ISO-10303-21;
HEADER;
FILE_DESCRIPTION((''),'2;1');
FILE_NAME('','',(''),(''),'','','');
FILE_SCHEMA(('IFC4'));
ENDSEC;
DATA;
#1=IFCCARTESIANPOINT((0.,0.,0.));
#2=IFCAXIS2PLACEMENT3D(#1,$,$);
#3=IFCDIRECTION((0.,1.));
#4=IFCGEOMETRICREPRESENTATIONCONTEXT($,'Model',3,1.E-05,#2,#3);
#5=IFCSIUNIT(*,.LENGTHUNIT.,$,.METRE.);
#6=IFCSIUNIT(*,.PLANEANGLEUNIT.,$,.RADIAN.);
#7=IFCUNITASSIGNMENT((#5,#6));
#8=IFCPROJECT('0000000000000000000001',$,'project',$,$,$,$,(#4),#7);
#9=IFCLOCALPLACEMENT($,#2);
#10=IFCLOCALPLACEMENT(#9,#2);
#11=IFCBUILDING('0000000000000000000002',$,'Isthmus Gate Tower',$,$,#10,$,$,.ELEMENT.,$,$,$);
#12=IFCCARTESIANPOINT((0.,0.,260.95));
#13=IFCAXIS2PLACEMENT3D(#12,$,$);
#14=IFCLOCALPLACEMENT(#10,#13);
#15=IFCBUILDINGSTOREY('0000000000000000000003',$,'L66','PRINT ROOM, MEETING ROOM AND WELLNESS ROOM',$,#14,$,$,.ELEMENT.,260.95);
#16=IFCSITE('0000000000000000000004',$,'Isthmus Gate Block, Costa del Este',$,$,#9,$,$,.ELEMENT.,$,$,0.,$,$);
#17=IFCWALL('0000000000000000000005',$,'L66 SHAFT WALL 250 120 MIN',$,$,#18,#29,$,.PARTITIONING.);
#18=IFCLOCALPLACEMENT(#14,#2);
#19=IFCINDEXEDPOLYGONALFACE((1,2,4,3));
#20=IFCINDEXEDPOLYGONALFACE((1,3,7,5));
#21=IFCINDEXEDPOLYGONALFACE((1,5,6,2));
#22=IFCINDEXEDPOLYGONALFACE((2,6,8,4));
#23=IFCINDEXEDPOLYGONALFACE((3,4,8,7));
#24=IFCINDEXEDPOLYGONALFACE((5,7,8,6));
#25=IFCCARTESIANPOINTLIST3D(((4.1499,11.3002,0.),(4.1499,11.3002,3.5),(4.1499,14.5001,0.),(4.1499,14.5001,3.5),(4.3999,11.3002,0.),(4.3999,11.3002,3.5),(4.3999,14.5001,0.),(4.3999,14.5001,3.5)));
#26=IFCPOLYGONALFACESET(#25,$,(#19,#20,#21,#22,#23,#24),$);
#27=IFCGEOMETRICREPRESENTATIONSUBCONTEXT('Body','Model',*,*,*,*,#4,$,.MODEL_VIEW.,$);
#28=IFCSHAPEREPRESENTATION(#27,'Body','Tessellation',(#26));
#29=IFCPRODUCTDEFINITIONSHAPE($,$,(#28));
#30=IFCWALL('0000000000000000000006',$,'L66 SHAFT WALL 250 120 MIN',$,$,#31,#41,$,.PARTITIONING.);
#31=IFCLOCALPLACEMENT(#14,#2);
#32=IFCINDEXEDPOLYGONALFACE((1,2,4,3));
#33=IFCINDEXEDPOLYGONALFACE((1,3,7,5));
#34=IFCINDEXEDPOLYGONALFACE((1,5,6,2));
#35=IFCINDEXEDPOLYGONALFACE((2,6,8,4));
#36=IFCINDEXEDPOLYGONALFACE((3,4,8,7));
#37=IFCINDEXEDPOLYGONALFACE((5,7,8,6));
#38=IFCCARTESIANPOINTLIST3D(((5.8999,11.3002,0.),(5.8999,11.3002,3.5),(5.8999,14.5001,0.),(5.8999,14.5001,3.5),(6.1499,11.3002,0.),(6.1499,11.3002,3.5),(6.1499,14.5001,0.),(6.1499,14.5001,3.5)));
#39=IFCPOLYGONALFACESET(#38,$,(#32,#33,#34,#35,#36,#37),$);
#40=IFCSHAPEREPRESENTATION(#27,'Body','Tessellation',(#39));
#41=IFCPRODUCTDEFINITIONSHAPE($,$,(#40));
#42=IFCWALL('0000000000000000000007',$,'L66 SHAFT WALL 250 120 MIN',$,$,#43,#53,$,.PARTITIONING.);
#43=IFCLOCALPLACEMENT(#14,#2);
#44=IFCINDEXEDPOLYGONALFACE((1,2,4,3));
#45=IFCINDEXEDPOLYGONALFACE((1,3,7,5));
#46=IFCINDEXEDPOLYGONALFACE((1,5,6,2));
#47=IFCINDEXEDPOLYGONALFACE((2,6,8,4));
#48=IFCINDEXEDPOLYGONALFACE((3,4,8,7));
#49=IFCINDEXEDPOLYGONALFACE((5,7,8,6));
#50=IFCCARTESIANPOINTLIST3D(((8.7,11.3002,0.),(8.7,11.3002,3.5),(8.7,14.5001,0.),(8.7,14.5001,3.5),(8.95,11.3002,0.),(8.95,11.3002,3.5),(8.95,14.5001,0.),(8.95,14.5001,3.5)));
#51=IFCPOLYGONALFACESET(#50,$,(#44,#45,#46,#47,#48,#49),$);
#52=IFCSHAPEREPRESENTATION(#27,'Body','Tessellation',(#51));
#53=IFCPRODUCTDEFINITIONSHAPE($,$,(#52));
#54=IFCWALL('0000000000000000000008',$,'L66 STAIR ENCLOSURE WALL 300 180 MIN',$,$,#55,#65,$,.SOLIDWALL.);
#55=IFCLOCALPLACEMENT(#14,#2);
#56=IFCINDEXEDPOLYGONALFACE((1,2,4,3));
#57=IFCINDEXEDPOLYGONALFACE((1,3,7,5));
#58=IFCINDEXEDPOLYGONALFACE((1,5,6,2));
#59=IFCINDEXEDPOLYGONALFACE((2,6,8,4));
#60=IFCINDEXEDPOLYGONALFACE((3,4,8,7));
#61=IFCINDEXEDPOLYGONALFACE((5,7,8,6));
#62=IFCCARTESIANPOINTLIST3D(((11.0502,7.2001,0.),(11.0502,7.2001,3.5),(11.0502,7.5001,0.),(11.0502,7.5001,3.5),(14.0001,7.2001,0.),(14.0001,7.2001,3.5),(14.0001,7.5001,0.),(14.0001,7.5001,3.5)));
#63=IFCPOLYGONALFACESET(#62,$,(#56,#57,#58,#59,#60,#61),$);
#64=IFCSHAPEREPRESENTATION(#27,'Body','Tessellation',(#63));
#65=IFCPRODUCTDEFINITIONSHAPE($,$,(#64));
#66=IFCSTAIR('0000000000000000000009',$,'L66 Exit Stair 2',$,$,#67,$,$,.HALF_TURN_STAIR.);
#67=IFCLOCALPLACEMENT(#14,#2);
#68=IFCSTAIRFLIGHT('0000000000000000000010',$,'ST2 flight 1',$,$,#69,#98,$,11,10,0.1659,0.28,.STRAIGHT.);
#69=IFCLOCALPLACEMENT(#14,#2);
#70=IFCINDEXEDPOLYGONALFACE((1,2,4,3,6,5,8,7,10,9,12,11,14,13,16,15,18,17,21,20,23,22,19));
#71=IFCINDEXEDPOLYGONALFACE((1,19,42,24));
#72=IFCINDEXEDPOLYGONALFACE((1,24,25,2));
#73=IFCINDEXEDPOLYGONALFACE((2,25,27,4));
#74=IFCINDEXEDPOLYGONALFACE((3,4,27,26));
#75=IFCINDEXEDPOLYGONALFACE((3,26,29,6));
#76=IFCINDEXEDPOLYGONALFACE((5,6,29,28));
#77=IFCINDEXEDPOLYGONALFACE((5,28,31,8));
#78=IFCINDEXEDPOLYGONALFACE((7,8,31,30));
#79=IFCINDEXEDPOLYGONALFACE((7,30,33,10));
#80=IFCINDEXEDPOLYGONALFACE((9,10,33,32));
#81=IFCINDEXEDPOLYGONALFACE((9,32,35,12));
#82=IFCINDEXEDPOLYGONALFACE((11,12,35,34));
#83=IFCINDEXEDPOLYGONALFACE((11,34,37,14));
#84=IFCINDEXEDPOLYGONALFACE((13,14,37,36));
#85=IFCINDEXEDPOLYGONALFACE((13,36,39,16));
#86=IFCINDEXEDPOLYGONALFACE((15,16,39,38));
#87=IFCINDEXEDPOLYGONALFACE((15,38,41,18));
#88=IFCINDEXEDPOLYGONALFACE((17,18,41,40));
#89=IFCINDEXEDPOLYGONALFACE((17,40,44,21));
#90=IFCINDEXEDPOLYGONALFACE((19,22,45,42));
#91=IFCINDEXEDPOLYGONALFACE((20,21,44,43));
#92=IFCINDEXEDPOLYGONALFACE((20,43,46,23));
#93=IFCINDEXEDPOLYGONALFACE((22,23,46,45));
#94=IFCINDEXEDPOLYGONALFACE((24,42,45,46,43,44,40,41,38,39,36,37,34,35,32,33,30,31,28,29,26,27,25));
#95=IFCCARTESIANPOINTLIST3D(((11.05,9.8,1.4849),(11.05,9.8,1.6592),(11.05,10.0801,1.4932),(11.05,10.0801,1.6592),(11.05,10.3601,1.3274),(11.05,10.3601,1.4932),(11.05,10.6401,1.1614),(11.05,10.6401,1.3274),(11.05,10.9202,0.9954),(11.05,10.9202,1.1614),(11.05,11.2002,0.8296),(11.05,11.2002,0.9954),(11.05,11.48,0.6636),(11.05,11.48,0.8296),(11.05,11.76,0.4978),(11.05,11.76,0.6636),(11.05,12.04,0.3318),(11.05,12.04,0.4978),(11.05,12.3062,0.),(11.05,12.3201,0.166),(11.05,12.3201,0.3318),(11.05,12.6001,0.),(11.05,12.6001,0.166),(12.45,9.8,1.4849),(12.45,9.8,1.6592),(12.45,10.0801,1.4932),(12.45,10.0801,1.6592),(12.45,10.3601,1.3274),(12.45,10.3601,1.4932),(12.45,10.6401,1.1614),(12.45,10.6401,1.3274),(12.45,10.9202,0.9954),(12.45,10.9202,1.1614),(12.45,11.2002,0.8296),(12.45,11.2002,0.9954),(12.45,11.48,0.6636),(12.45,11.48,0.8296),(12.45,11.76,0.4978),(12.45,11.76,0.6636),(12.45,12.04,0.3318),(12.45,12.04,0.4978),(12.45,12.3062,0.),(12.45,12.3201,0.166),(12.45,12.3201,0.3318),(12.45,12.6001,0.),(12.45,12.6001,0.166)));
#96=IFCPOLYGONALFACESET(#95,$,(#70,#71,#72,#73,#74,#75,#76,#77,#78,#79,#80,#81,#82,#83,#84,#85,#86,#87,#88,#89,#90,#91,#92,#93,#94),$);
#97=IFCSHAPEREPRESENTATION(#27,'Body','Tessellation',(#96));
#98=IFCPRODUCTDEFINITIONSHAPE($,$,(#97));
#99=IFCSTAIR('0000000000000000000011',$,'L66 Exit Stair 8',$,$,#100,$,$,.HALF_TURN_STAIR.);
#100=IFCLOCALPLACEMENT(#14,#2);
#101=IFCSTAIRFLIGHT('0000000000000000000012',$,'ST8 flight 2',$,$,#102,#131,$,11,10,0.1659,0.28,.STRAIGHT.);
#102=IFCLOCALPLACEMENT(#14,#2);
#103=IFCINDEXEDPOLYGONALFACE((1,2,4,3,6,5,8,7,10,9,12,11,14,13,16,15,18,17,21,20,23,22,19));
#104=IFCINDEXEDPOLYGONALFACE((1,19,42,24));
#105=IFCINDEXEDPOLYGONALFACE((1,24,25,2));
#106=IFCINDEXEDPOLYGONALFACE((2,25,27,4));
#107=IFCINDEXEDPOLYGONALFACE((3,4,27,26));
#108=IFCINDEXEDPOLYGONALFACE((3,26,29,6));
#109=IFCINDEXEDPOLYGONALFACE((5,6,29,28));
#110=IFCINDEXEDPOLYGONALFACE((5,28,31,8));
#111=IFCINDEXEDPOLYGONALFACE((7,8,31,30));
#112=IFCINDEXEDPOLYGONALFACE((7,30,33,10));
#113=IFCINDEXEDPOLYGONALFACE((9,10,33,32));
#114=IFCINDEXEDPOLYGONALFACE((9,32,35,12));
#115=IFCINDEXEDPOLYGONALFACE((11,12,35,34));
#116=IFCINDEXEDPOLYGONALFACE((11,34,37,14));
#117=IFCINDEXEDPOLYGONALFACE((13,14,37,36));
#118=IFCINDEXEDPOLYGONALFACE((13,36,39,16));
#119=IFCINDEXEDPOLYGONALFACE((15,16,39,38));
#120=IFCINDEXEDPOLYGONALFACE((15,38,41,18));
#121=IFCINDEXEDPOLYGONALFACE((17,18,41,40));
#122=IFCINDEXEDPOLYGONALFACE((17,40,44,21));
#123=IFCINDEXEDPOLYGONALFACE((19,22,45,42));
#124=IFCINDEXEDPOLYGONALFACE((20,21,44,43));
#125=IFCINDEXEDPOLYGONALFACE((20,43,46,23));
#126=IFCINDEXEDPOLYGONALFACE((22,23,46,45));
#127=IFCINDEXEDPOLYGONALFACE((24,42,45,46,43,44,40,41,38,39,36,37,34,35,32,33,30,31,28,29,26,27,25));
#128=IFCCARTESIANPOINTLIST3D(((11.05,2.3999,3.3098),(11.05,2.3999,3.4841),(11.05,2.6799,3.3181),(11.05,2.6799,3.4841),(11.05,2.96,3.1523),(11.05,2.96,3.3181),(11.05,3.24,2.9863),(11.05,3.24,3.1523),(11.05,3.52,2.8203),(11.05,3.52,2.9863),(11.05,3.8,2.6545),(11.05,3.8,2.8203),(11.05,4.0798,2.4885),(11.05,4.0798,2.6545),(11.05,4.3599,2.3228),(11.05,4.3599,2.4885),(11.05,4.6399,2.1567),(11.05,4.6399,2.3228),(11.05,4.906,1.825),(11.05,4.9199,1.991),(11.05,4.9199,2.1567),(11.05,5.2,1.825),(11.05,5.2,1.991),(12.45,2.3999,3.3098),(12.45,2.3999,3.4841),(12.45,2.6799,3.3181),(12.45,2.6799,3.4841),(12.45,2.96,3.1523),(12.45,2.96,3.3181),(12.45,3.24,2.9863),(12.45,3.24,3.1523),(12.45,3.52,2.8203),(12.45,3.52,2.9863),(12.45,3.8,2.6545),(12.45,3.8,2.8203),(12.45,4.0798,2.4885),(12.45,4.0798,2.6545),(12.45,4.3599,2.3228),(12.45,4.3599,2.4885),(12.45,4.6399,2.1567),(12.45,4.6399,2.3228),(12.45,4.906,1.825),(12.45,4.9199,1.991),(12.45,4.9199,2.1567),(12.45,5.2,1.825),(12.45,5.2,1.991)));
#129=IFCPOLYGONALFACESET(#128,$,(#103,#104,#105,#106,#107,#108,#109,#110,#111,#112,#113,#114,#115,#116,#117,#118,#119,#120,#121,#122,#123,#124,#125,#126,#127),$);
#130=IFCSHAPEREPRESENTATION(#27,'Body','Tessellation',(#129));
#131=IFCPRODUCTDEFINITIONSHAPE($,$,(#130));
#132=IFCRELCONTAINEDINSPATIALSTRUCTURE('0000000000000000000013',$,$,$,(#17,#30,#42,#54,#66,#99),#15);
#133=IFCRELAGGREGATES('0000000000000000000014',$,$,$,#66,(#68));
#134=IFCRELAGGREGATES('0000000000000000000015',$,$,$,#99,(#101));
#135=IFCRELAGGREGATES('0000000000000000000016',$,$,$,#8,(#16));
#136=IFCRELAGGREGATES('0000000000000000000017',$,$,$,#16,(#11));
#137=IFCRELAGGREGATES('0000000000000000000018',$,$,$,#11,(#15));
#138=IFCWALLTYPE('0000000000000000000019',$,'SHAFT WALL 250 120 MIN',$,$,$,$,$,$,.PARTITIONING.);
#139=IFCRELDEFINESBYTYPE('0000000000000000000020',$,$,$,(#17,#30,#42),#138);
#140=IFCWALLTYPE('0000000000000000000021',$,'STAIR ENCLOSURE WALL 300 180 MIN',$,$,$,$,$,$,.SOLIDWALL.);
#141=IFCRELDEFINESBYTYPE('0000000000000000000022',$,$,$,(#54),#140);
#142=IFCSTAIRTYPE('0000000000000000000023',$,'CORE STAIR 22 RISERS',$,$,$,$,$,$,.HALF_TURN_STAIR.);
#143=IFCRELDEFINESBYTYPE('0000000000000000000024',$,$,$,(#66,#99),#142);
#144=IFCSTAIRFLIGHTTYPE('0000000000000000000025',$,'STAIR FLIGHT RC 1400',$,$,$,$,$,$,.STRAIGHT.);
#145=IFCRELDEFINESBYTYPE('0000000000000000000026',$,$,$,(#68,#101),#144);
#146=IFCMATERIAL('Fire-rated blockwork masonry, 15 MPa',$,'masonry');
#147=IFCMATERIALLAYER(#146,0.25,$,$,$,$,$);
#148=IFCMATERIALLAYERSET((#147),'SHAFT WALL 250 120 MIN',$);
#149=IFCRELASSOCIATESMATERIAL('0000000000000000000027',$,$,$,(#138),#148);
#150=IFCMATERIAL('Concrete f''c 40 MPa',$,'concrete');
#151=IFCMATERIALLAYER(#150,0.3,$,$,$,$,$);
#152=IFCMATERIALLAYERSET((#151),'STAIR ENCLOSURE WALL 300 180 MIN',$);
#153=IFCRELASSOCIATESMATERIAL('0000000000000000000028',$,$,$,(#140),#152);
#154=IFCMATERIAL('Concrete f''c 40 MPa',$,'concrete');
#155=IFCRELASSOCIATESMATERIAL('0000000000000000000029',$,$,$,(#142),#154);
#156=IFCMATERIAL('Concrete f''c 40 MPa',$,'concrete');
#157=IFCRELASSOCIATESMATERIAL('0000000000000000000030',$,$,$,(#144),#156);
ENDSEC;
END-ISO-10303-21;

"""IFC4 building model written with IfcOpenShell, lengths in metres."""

from ifc_helpers import new_model, si_unit, direction, frame, frame_2d, origin, place, context, subcontext, project, spatial, polyline, rectangle, outline, extrude, material, layer, layer_set, type_object, element, aggregate, save


model = new_model("IFC4")

# Units and contexts
model_context = context("Model", 3, precision=1e-05, world=origin(), true_north=direction((0.0, 1.0)))
body_context = subcontext(model_context, "Body", "Model", "MODEL_VIEW")
ifc_project = project(units=[si_unit("LENGTHUNIT", "METRE"), si_unit("PLANEANGLEUNIT", "RADIAN")], contexts=[model_context])

# Site, building, storey
site_placement = place(None, origin())
site = spatial("IfcSite", under=ifc_project, at=site_placement, Name="Isthmus Gate Block, Costa del Este", CompositionType="ELEMENT", RefElevation=0.0)
building_placement = place(site_placement, origin())
building = spatial("IfcBuilding", under=site, at=building_placement, Name="Isthmus Gate Tower", CompositionType="ELEMENT")
storey_placement = place(building_placement, frame((0.0, 0.0, 260.95)))
storey = spatial("IfcBuildingStorey", under=building, at=storey_placement, Name="L66", Description="PRINT ROOM, MEETING ROOM AND WELLNESS ROOM", CompositionType="ELEMENT", Elevation=260.95)

# Walls
ifc_material_1 = material(Name="Fire-rated blockwork masonry, 15 MPa", Category="masonry")
ifc_layer_1 = layer(ifc_material_1, 0.25)
ifc_layer_set_1 = layer_set([ifc_layer_1], Name="SHAFT WALL 250 120 MIN")
wall_type_1 = type_object("IfcWallType", Name="SHAFT WALL 250 120 MIN", PredefinedType="PARTITIONING", material=ifc_layer_set_1)
for number, where, z_axis, x_axis, name in (
    (1, (4.2749, 11.3, 0.0), (0.0, 0.0, 1.0), (0.0, 1.0, 0.0), "L66 SHAFT WALL 250 120 MIN"),
    (2, (6.0249, 11.3, 0.0), (0.0, 0.0, 1.0), (0.0, 1.0, 0.0), "L66 SHAFT WALL 250 120 MIN"),
    (3, (8.825, 11.3, 0.0), (0.0, 0.0, 1.0), (0.0, 1.0, 0.0), "L66 SHAFT WALL 250 120 MIN"),
):
    element("IfcWall", number, at=place(storey_placement, frame(where, z_axis=z_axis, x_axis=x_axis)), inside=storey, type_object=wall_type_1, Name=name, PredefinedType="PARTITIONING", context=body_context, shape_type="SweptSolid", body=[
        extrude(rectangle(XDim=3.2, YDim=0.25, at=frame_2d((1.6001, 0.0))), origin(), (0.0, 0.0, 1.0), 3.5),
    ])
ifc_material_2 = material(Name="Concrete f'c 40 MPa", Category="concrete")
ifc_layer_2 = layer(ifc_material_2, 0.3)
ifc_layer_set_2 = layer_set([ifc_layer_2], Name="STAIR ENCLOSURE WALL 300 180 MIN")
wall_type_2 = type_object("IfcWallType", Name="STAIR ENCLOSURE WALL 300 180 MIN", PredefinedType="SOLIDWALL", material=ifc_layer_set_2)
wall_1_placement = place(storey_placement, frame((11.05, 7.3501, 0.0), z_axis=(0.0, 0.0, 1.0), x_axis=(1.0, 0.0, 0.0)))
element("IfcWall", 4, at=wall_1_placement, inside=storey, type_object=wall_type_2, Name="L66 STAIR ENCLOSURE WALL 300 180 MIN", PredefinedType="SOLIDWALL", context=body_context, shape_type="SweptSolid", body=[
    extrude(rectangle(XDim=2.95, YDim=0.3, at=frame_2d((1.4751, 0.0))), origin(), (0.0, 0.0, 1.0), 3.5),
])

# Stairs, stair flights
ifc_material_3 = material(Name="Concrete f'c 40 MPa", Category="concrete")
stair_type = type_object("IfcStairType", Name="CORE STAIR 22 RISERS", PredefinedType="HALF_TURN_STAIR", material=ifc_material_3)
stair_1_placement = place(storey_placement, origin())
stair_1 = element("IfcStair", 5, at=stair_1_placement, inside=storey, type_object=stair_type, Name="L66 Exit Stair 2", PredefinedType="HALF_TURN_STAIR")
ifc_material_4 = material(Name="Concrete f'c 40 MPa", Category="concrete")
stair_flight_type = type_object("IfcStairFlightType", Name="STAIR FLIGHT RC 1400", PredefinedType="STRAIGHT", material=ifc_material_4)
stair_flight_1_placement = place(storey_placement, frame((11.75, 12.6001, 0.0), z_axis=(0.0, 0.0, 1.0), x_axis=(0.0, -1.0, 0.0)))
stair_flight_1 = element("IfcStairFlight", 6, at=stair_flight_1_placement, type_object=stair_flight_type, Name="ST2 flight 1", NumberOfRisers=11, NumberOfTreads=10, PredefinedType="STRAIGHT", RiserHeight=0.1659, TreadLength=0.28, context=body_context, shape_type="SweptSolid", body=[
    extrude(outline(polyline([(0.0, 0.0), (0.0, 0.166), (0.28, 0.166), (0.28, 0.3318), (0.5601, 0.3318), (0.5601, 0.4978), (0.8401, 0.4978), (0.8401, 0.6636), (1.1201, 0.6636), (1.1201, 0.8296), (1.3999, 0.8296), (1.3999, 0.9954), (1.6799, 0.9954), (1.6799, 1.1614), (1.96, 1.1614), (1.96, 1.3274), (2.24, 1.3274), (2.24, 1.4932), (2.52, 1.4932), (2.52, 1.6592), (2.8, 1.6592), (2.8, 1.825), (2.8, 1.4849), (0.2939, 0.0), (0.0, 0.0)])), frame((0.0, 0.7, 0.0), z_axis=(0.0, -1.0, 0.0), x_axis=(1.0, 0.0, 0.0)), (0.0, 0.0, 1.0), 1.3999),
])
aggregate(stair_1, [stair_flight_1])
stair_2_placement = place(storey_placement, origin())
stair_2 = element("IfcStair", 7, at=stair_2_placement, inside=storey, type_object=stair_type, Name="L66 Exit Stair 8", PredefinedType="HALF_TURN_STAIR")
stair_flight_2_placement = place(storey_placement, frame((11.75, 5.2, 1.825), z_axis=(0.0, 0.0, 1.0), x_axis=(0.0, -1.0, 0.0)))
stair_flight_2 = element("IfcStairFlight", 8, at=stair_flight_2_placement, type_object=stair_flight_type, Name="ST8 flight 2", NumberOfRisers=11, NumberOfTreads=10, PredefinedType="STRAIGHT", RiserHeight=0.1659, TreadLength=0.28, context=body_context, shape_type="SweptSolid", body=[
    extrude(outline(polyline([(0.0, 0.0), (0.0, 0.166), (0.28, 0.166), (0.28, 0.3318), (0.5601, 0.3318), (0.5601, 0.4978), (0.8401, 0.4978), (0.8401, 0.6636), (1.1201, 0.6636), (1.1201, 0.8296), (1.3999, 0.8296), (1.3999, 0.9954), (1.6799, 0.9954), (1.6799, 1.1614), (1.96, 1.1614), (1.96, 1.3274), (2.24, 1.3274), (2.24, 1.4932), (2.52, 1.4932), (2.52, 1.6592), (2.8, 1.6592), (2.8, 1.825), (2.8, 1.4849), (0.2939, 0.0), (0.0, 0.0)])), frame((0.0, 0.7, 0.0), z_axis=(0.0, -1.0, 0.0), x_axis=(1.0, 0.0, 0.0)), (0.0, 0.0, 1.0), 1.3999),
])
aggregate(stair_2, [stair_flight_2])

save(model, "model.ifc")
